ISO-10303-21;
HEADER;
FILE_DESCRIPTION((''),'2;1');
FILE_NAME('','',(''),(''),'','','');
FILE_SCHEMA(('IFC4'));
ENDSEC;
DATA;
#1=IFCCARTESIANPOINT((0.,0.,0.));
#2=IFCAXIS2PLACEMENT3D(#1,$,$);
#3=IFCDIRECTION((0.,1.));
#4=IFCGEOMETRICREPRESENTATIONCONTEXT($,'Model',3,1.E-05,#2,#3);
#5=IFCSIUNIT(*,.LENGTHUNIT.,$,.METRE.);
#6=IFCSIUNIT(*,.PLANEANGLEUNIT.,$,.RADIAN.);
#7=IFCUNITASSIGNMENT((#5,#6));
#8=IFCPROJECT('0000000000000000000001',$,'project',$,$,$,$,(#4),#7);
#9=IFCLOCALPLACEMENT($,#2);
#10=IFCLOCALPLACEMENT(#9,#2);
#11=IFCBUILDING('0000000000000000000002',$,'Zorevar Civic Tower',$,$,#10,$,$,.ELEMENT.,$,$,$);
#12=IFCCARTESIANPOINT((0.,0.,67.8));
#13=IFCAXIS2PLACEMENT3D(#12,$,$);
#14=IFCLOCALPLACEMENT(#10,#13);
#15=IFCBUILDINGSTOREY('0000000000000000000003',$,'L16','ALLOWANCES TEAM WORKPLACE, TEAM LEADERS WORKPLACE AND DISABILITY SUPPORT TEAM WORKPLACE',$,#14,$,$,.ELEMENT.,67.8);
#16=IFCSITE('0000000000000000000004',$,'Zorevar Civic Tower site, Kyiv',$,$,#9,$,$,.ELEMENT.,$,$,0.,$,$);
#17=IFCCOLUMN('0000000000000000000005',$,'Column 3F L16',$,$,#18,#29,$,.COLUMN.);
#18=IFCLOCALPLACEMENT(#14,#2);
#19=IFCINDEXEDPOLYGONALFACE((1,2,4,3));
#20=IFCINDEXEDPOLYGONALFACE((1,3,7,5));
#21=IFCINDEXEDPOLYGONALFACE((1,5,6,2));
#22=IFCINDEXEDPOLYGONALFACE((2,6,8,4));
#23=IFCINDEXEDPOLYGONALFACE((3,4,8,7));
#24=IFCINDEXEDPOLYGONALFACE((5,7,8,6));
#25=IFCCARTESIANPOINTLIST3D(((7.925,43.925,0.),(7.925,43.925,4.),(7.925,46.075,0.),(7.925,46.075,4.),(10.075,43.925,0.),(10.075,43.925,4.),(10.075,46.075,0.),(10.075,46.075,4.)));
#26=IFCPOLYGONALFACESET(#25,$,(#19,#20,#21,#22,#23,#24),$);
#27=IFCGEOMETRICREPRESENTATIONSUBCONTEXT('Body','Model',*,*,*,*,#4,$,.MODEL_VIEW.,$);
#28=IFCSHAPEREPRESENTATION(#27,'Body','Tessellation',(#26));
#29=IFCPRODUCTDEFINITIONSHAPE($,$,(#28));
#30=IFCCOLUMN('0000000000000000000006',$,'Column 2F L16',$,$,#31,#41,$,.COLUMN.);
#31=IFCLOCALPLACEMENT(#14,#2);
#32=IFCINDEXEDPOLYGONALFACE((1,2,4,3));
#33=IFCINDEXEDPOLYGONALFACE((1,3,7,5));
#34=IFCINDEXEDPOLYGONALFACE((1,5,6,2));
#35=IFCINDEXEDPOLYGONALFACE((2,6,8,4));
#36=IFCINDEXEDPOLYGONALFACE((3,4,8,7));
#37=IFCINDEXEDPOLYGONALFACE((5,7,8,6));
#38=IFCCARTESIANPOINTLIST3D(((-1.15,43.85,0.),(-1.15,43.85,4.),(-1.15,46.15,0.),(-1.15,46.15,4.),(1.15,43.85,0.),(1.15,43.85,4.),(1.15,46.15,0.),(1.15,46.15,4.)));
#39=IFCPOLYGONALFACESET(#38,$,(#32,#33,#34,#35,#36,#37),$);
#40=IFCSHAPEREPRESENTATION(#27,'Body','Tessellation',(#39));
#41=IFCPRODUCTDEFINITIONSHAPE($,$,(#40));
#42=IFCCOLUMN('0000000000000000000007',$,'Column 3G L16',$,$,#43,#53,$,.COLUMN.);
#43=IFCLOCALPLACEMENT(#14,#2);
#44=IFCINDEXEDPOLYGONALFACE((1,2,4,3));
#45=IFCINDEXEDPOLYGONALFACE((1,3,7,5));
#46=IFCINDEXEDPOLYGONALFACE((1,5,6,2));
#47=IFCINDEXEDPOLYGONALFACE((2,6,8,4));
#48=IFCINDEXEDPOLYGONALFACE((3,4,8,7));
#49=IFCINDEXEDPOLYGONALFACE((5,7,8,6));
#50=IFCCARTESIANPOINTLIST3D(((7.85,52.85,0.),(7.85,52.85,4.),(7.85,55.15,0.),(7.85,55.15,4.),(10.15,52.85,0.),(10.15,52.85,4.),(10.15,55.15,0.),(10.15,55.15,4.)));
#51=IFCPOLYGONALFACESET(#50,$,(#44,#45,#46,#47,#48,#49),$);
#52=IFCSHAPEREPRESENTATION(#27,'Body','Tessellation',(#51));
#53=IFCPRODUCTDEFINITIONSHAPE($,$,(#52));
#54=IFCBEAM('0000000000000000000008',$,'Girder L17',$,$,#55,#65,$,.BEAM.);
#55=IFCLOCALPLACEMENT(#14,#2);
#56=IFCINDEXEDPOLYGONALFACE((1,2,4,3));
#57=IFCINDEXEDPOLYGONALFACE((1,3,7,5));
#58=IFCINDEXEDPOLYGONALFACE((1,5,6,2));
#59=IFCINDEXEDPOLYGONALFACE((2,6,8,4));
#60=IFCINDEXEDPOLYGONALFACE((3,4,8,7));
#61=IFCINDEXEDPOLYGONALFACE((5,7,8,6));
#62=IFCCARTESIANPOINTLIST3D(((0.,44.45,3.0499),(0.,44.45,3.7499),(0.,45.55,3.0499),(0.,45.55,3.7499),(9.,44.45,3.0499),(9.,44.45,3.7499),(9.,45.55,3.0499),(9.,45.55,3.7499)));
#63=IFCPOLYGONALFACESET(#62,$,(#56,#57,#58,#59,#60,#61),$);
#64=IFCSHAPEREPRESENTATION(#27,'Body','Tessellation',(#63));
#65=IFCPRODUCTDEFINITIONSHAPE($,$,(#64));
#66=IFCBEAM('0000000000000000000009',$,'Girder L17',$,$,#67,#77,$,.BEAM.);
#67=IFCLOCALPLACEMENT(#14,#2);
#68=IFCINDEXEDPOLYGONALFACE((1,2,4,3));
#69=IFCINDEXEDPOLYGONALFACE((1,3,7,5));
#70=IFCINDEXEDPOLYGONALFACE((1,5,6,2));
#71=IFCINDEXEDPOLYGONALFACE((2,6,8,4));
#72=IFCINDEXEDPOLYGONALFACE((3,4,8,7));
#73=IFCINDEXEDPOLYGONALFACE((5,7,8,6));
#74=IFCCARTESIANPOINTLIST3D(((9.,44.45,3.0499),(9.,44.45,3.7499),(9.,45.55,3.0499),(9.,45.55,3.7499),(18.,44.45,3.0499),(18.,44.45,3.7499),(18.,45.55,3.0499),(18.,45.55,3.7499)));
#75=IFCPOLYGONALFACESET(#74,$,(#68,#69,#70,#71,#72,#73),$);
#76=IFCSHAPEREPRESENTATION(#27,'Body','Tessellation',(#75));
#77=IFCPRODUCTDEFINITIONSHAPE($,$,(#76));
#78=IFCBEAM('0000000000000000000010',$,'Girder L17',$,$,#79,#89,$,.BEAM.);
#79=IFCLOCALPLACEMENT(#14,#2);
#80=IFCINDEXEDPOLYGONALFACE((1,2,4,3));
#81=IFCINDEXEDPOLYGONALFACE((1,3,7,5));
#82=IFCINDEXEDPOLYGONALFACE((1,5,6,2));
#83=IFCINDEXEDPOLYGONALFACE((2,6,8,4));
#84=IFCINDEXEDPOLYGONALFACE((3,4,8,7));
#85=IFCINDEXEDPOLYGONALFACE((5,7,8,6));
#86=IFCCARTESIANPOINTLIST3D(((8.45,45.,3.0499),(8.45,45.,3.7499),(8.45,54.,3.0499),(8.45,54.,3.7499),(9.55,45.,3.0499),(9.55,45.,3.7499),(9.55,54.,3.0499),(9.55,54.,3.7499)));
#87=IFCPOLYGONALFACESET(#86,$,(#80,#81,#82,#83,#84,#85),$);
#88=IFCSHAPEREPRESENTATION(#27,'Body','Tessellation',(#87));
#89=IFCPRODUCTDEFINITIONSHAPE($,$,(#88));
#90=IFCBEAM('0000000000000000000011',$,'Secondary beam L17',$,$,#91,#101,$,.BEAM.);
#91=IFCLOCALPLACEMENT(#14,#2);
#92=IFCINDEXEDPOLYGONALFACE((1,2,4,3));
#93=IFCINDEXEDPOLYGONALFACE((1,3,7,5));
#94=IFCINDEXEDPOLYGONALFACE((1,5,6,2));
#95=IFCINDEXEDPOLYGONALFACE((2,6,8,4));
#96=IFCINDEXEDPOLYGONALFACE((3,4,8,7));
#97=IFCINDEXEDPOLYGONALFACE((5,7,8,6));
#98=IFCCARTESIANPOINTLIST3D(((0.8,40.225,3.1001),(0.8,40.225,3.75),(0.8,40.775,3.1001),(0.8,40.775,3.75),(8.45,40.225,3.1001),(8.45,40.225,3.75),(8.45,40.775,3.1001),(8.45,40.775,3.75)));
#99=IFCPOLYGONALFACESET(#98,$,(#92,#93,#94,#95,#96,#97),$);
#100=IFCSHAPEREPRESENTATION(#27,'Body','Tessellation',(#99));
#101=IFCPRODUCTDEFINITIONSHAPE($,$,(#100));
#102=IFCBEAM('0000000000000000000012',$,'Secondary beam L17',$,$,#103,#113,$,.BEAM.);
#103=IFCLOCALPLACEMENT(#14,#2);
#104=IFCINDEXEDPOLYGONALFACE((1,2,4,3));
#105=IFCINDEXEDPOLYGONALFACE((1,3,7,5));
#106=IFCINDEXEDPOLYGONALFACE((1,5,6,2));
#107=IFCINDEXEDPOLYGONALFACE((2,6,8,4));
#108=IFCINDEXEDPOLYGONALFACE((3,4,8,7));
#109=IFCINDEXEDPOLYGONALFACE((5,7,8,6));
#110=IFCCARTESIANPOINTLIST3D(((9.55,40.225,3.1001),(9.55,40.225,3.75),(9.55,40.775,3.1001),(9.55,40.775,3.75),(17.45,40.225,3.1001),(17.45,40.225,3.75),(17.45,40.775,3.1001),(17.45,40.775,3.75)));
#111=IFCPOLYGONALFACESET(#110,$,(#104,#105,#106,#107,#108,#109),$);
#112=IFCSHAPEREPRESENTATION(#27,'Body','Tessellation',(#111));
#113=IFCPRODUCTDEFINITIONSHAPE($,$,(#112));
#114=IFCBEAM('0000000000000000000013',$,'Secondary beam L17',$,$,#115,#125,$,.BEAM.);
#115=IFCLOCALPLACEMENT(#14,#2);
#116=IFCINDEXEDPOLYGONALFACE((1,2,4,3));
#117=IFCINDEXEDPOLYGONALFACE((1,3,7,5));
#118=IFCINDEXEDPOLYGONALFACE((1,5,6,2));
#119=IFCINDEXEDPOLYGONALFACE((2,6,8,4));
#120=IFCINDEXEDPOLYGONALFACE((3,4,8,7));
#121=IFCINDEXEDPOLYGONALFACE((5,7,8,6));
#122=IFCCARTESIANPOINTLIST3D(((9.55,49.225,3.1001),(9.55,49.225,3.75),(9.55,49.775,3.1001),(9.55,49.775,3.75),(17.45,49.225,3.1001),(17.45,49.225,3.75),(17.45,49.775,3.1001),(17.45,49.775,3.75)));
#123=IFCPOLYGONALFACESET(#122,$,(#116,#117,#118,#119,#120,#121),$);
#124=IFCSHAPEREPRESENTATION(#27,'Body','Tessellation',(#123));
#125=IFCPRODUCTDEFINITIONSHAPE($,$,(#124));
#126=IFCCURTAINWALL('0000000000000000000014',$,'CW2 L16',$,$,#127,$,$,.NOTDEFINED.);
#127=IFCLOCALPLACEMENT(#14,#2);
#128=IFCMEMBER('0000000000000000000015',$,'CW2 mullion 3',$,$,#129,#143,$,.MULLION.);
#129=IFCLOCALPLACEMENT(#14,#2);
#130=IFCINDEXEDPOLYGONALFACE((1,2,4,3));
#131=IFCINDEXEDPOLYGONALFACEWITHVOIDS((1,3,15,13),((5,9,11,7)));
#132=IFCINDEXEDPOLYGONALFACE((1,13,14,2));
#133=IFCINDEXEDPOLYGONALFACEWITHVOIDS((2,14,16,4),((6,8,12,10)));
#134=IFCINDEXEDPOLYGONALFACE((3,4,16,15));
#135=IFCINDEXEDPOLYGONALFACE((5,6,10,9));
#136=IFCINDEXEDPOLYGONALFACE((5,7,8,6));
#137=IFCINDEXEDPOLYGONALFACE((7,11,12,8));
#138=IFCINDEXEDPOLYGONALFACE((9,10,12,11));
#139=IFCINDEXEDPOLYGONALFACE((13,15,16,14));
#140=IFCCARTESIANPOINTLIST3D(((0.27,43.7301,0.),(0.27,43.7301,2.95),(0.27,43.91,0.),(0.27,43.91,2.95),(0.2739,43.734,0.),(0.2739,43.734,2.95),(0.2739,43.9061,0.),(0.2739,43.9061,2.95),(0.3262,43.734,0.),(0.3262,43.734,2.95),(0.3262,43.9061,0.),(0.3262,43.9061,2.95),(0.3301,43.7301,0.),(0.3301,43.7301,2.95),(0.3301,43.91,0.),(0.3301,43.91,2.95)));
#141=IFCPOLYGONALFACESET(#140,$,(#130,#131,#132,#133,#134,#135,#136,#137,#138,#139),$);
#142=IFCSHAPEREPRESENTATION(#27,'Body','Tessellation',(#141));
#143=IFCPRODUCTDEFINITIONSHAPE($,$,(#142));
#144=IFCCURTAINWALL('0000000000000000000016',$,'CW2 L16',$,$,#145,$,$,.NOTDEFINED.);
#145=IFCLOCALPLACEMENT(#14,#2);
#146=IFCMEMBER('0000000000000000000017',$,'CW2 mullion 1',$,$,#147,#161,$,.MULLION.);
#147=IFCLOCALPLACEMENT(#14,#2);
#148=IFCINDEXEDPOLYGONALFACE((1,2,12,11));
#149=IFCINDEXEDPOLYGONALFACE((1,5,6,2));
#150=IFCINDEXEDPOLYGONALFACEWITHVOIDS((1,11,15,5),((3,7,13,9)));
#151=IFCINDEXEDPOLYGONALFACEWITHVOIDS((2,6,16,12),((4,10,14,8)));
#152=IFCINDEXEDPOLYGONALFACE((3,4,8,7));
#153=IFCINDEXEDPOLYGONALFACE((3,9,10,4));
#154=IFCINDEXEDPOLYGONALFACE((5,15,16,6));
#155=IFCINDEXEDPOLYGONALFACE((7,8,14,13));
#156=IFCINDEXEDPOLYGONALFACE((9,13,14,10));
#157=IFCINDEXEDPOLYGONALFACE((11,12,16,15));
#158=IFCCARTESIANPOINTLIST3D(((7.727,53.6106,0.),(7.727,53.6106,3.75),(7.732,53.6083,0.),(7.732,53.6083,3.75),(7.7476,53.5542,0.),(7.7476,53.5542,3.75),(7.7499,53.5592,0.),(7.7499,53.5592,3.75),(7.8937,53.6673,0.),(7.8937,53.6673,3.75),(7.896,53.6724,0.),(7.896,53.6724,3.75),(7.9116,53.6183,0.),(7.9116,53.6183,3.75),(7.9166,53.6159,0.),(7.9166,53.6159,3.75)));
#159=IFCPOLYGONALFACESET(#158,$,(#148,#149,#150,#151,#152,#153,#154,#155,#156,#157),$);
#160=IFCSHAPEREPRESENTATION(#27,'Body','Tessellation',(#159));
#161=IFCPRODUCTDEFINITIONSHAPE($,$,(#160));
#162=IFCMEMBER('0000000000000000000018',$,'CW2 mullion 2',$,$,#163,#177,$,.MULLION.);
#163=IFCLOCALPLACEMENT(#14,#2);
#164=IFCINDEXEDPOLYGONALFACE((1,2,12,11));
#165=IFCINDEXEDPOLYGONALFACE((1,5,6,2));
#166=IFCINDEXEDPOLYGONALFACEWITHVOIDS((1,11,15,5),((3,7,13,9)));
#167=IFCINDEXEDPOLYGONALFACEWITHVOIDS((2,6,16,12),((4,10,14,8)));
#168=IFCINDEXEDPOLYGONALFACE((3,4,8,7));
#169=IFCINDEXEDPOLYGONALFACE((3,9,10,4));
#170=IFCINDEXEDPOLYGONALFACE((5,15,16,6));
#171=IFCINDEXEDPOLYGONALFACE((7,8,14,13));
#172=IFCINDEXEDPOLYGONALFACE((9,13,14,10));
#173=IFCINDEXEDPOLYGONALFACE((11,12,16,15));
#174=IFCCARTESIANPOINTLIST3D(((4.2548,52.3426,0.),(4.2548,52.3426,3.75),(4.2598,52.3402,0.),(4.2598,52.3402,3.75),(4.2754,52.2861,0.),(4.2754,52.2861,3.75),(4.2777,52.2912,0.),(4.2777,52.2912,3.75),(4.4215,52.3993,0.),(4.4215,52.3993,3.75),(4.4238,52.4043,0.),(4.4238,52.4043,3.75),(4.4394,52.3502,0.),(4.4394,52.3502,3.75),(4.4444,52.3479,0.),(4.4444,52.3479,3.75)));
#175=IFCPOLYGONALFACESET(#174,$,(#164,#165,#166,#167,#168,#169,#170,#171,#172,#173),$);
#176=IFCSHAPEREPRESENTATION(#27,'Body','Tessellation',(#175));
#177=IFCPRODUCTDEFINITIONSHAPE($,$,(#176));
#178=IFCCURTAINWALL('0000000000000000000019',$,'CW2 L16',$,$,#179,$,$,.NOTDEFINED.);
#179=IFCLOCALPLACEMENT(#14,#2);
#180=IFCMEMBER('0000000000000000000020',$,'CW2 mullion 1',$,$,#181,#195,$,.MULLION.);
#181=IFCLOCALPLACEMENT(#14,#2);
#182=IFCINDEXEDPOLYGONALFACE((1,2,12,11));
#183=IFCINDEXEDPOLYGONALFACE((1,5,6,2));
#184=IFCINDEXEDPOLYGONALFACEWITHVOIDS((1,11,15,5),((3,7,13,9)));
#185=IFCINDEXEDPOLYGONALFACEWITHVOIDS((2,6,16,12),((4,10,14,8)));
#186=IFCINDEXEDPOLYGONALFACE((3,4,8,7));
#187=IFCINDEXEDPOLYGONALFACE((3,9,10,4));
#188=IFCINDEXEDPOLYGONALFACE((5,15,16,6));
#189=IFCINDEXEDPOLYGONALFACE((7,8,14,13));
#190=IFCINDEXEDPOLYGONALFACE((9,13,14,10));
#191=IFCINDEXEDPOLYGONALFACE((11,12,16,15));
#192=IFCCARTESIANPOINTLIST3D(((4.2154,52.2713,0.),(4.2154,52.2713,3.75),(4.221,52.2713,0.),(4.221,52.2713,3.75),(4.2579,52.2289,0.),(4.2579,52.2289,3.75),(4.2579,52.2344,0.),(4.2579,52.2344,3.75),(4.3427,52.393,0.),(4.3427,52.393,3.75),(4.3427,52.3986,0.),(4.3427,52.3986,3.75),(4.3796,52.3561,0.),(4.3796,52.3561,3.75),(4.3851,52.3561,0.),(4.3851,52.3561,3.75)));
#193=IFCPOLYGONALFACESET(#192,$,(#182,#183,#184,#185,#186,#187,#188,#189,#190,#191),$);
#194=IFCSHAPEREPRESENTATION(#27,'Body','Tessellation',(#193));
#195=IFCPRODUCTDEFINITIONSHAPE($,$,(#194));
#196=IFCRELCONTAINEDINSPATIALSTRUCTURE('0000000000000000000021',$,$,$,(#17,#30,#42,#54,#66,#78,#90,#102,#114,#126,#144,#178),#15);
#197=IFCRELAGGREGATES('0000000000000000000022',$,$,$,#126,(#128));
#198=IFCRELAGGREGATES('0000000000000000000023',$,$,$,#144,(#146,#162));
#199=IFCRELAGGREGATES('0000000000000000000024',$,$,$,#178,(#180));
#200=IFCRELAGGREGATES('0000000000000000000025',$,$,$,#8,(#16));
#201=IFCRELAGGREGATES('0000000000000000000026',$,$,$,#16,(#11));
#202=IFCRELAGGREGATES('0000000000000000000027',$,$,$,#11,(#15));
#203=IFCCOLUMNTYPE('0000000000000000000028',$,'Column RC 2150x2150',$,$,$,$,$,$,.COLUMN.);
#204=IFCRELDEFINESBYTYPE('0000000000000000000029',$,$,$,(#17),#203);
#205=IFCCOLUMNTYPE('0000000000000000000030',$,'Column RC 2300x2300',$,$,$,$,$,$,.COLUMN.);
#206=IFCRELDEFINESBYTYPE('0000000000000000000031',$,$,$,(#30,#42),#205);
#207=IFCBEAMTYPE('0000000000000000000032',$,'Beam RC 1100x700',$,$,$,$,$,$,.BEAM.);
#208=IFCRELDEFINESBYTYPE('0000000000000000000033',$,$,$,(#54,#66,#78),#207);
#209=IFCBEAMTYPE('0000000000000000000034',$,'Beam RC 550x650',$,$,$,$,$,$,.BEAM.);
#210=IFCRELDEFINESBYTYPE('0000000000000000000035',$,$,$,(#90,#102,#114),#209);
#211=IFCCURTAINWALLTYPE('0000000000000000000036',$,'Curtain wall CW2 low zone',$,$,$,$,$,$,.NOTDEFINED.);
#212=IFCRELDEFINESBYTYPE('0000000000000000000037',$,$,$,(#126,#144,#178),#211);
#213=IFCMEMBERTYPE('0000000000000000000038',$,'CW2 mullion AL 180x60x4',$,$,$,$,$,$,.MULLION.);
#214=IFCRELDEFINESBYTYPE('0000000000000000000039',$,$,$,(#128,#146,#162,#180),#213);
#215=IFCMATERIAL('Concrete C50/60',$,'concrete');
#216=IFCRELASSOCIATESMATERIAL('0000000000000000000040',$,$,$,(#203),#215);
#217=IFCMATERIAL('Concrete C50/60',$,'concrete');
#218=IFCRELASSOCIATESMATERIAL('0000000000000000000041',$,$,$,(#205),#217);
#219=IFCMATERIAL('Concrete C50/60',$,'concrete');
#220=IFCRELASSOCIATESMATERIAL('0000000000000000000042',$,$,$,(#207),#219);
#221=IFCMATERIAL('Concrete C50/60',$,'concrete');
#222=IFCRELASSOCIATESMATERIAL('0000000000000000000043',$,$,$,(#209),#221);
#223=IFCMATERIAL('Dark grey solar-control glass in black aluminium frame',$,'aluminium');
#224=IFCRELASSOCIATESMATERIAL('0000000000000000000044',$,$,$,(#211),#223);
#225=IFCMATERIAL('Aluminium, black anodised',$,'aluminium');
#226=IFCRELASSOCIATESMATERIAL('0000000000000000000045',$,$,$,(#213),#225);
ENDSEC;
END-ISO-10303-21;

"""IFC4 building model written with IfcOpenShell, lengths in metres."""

from ifc_helpers import new_model, si_unit, direction, frame, origin, origin_2d, place, context, subcontext, project, spatial, rectangle, hollow_rectangle, extrude, material, material_profile, profile_set, type_object, element, aggregate, save


model = new_model("IFC4")

# Units and contexts
model_context = context("Model", 3, precision=1e-05, world=origin(), true_north=direction((0.0, 1.0)))
body_context = subcontext(model_context, "Body", "Model", "MODEL_VIEW")
ifc_project = project(units=[si_unit("LENGTHUNIT", "METRE"), si_unit("PLANEANGLEUNIT", "RADIAN")], contexts=[model_context])

# Site, building, storey
site_placement = place(None, origin())
site = spatial("IfcSite", under=ifc_project, at=site_placement, Name="Zorevar Civic Tower site, Kyiv", CompositionType="ELEMENT", RefElevation=0.0)
building_placement = place(site_placement, origin())
building = spatial("IfcBuilding", under=site, at=building_placement, Name="Zorevar Civic Tower", CompositionType="ELEMENT")
storey_placement = place(building_placement, frame((0.0, 0.0, 67.8)))
storey = spatial("IfcBuildingStorey", under=building, at=storey_placement, Name="L16", Description="ALLOWANCES TEAM WORKPLACE, TEAM LEADERS WORKPLACE AND DISABILITY SUPPORT TEAM WORKPLACE", CompositionType="ELEMENT", Elevation=67.8)

# Columns
ifc_material_1 = material(Name="Concrete C50/60", Category="concrete")
ifc_material_profile_1 = material_profile(ifc_material_1, rectangle(XDim=2.1499, YDim=2.1499, at=origin_2d()), Name="RC 2150x2150")
ifc_profile_set_1 = profile_set([ifc_material_profile_1], Name="Concrete C50/60")
column_type_1 = type_object("IfcColumnType", Name="Column RC 2150x2150", PredefinedType="COLUMN", material=ifc_profile_set_1)
column_placement = place(storey_placement, frame((9.0, 45.0, 0.0), z_axis=(0.0, 0.0, 1.0), x_axis=(1.0, 0.0, 0.0)))
element("IfcColumn", 1, at=column_placement, inside=storey, type_object=column_type_1, Name="Column 3F L16", PredefinedType="COLUMN", context=body_context, shape_type="SweptSolid", body=[
    extrude(rectangle(XDim=2.1499, YDim=2.1499, at=origin_2d()), origin(), (0.0, 0.0, 1.0), 4.0),
])
ifc_material_2 = material(Name="Concrete C50/60", Category="concrete")
ifc_material_profile_2 = material_profile(ifc_material_2, rectangle(XDim=2.3, YDim=2.3, at=origin_2d()), Name="RC 2300x2300")
ifc_profile_set_2 = profile_set([ifc_material_profile_2], Name="Concrete C50/60")
column_type_2 = type_object("IfcColumnType", Name="Column RC 2300x2300", PredefinedType="COLUMN", material=ifc_profile_set_2)
for number, where, z_axis, x_axis, name in (
    (2, (0.0, 45.0, 0.0), (0.0, 0.0, 1.0), (1.0, 0.0, 0.0), "Column 2F L16"),
    (3, (9.0, 54.0, 0.0), (0.0, 0.0, 1.0), (1.0, 0.0, 0.0), "Column 3G L16"),
):
    element("IfcColumn", number, at=place(storey_placement, frame(where, z_axis=z_axis, x_axis=x_axis)), inside=storey, type_object=column_type_2, Name=name, PredefinedType="COLUMN", context=body_context, shape_type="SweptSolid", body=[
        extrude(rectangle(XDim=2.3, YDim=2.3, at=origin_2d()), origin(), (0.0, 0.0, 1.0), 4.0),
    ])

# Beams
ifc_material_3 = material(Name="Concrete C50/60", Category="concrete")
ifc_material_profile_3 = material_profile(ifc_material_3, rectangle(XDim=1.1001, YDim=0.7, at=origin_2d()), Name="RC 1100x700")
ifc_profile_set_3 = profile_set([ifc_material_profile_3], Name="Concrete C50/60")
beam_type_1 = type_object("IfcBeamType", Name="Beam RC 1100x700", PredefinedType="BEAM", material=ifc_profile_set_3)
for number, where, z_axis, x_axis, name in (
    (4, (0.0, 45.0, 3.3999), (1.0, 0.0, 0.0), (0.0, 1.0, 0.0), "Girder L17"),
    (5, (9.0, 45.0, 3.3999), (1.0, 0.0, 0.0), (0.0, 1.0, 0.0), "Girder L17"),
    (6, (9.0, 45.0, 3.3999), (0.0, 1.0, 0.0), (-1.0, 0.0, 0.0), "Girder L17"),
):
    element("IfcBeam", number, at=place(storey_placement, frame(where, z_axis=z_axis, x_axis=x_axis)), inside=storey, type_object=beam_type_1, Name=name, PredefinedType="BEAM", context=body_context, shape_type="SweptSolid", body=[
        extrude(rectangle(XDim=1.1001, YDim=0.7, at=origin_2d()), origin(), (0.0, 0.0, 1.0), 9.0),
    ])
ifc_material_4 = material(Name="Concrete C50/60", Category="concrete")
ifc_material_profile_4 = material_profile(ifc_material_4, rectangle(XDim=0.55, YDim=0.6499, at=origin_2d()), Name="RC 550x650")
ifc_profile_set_4 = profile_set([ifc_material_profile_4], Name="Concrete C50/60")
beam_type_2 = type_object("IfcBeamType", Name="Beam RC 550x650", PredefinedType="BEAM", material=ifc_profile_set_4)
beam_1_placement = place(storey_placement, frame((0.8, 40.5, 3.425), z_axis=(1.0, 0.0, 0.0), x_axis=(0.0, 1.0, 0.0)))
element("IfcBeam", 7, at=beam_1_placement, inside=storey, type_object=beam_type_2, Name="Secondary beam L17", PredefinedType="BEAM", context=body_context, shape_type="SweptSolid", body=[
    extrude(rectangle(XDim=0.55, YDim=0.6499, at=origin_2d()), origin(), (0.0, 0.0, 1.0), 7.6499),
])
for number, where, z_axis, x_axis, name in (
    (8, (9.55, 40.5, 3.425), (1.0, 0.0, 0.0), (0.0, 1.0, 0.0), "Secondary beam L17"),
    (9, (9.55, 49.5, 3.425), (1.0, 0.0, 0.0), (0.0, 1.0, 0.0), "Secondary beam L17"),
):
    element("IfcBeam", number, at=place(storey_placement, frame(where, z_axis=z_axis, x_axis=x_axis)), inside=storey, type_object=beam_type_2, Name=name, PredefinedType="BEAM", context=body_context, shape_type="SweptSolid", body=[
        extrude(rectangle(XDim=0.55, YDim=0.6499, at=origin_2d()), origin(), (0.0, 0.0, 1.0), 7.8999),
    ])

# Curtain wall, member
ifc_material_5 = material(Name="Dark grey solar-control glass in black aluminium frame", Category="aluminium")
curtain_wall_type = type_object("IfcCurtainWallType", Name="Curtain wall CW2 low zone", PredefinedType="NOTDEFINED", material=ifc_material_5)
curtain_wall_1_placement = place(storey_placement, origin())
curtain_wall_1 = element("IfcCurtainWall", 10, at=curtain_wall_1_placement, inside=storey, type_object=curtain_wall_type, Name="CW2 L16", PredefinedType="NOTDEFINED")
ifc_material_6 = material(Name="Aluminium, black anodised", Category="aluminium")
ifc_material_profile_5 = material_profile(ifc_material_6, hollow_rectangle(XDim=0.0601, YDim=0.1799, WallThickness=0.0039, at=origin_2d()), Name="AL 180x60x4")
ifc_profile_set_5 = profile_set([ifc_material_profile_5], Name="Aluminium, black anodised")
member_type_1 = type_object("IfcMemberType", Name="CW2 mullion AL 180x60x4", PredefinedType="MULLION", material=ifc_profile_set_5)
member_1_placement = place(storey_placement, frame((0.3, 43.8201, 0.0), z_axis=(0.0, 0.0, 1.0), x_axis=(-1.0, 0.0, 0.0)))
member_1 = element("IfcMember", 11, at=member_1_placement, type_object=member_type_1, Name="CW2 mullion 3", PredefinedType="MULLION", context=body_context, shape_type="SweptSolid", body=[
    extrude(hollow_rectangle(XDim=0.0601, YDim=0.1799, WallThickness=0.0039, at=origin_2d()), origin(), (0.0, 0.0, 1.0), 2.95),
])

# Curtain walls, members
curtain_wall_2_placement = place(storey_placement, origin())
curtain_wall_2 = element("IfcCurtainWall", 12, at=curtain_wall_2_placement, inside=storey, type_object=curtain_wall_type, Name="CW2 L16", PredefinedType="NOTDEFINED")
member_2_placement = place(storey_placement, frame((7.8218, 53.6133, 0.0), z_axis=(0.0, 0.0, 1.0), x_axis=(0.34306, -0.939313, 0.0)))
member_2 = element("IfcMember", 13, at=member_2_placement, type_object=member_type_1, Name="CW2 mullion 1", PredefinedType="MULLION", context=body_context, shape_type="SweptSolid", body=[
    extrude(hollow_rectangle(XDim=0.0601, YDim=0.1799, WallThickness=0.0039, at=origin_2d()), origin(), (0.0, 0.0, 1.0), 3.75),
])
member_3_placement = place(storey_placement, frame((4.3496, 52.3452, 0.0), z_axis=(0.0, 0.0, 1.0), x_axis=(0.34306, -0.939313, 0.0)))
member_3 = element("IfcMember", 14, at=member_3_placement, type_object=member_type_1, Name="CW2 mullion 2", PredefinedType="MULLION", context=body_context, shape_type="SweptSolid", body=[
    extrude(hollow_rectangle(XDim=0.0601, YDim=0.1799, WallThickness=0.0039, at=origin_2d()), origin(), (0.0, 0.0, 1.0), 3.75),
])
curtain_wall_3_placement = place(storey_placement, origin())
curtain_wall_3 = element("IfcCurtainWall", 15, at=curtain_wall_3_placement, inside=storey, type_object=curtain_wall_type, Name="CW2 L16", PredefinedType="NOTDEFINED")
member_4_placement = place(storey_placement, frame((4.3003, 52.3137, 0.0), z_axis=(0.0, 0.0, 1.0), x_axis=(0.707107, -0.707107, 0.0)))
member_4 = element("IfcMember", 16, at=member_4_placement, type_object=member_type_1, Name="CW2 mullion 1", PredefinedType="MULLION", context=body_context, shape_type="SweptSolid", body=[
    extrude(hollow_rectangle(XDim=0.0601, YDim=0.1799, WallThickness=0.0039, at=origin_2d()), origin(), (0.0, 0.0, 1.0), 3.75),
])

aggregate(curtain_wall_1, [member_1])
aggregate(curtain_wall_2, [member_2, member_3])
aggregate(curtain_wall_3, [member_4])

save(model, "model.ifc")
